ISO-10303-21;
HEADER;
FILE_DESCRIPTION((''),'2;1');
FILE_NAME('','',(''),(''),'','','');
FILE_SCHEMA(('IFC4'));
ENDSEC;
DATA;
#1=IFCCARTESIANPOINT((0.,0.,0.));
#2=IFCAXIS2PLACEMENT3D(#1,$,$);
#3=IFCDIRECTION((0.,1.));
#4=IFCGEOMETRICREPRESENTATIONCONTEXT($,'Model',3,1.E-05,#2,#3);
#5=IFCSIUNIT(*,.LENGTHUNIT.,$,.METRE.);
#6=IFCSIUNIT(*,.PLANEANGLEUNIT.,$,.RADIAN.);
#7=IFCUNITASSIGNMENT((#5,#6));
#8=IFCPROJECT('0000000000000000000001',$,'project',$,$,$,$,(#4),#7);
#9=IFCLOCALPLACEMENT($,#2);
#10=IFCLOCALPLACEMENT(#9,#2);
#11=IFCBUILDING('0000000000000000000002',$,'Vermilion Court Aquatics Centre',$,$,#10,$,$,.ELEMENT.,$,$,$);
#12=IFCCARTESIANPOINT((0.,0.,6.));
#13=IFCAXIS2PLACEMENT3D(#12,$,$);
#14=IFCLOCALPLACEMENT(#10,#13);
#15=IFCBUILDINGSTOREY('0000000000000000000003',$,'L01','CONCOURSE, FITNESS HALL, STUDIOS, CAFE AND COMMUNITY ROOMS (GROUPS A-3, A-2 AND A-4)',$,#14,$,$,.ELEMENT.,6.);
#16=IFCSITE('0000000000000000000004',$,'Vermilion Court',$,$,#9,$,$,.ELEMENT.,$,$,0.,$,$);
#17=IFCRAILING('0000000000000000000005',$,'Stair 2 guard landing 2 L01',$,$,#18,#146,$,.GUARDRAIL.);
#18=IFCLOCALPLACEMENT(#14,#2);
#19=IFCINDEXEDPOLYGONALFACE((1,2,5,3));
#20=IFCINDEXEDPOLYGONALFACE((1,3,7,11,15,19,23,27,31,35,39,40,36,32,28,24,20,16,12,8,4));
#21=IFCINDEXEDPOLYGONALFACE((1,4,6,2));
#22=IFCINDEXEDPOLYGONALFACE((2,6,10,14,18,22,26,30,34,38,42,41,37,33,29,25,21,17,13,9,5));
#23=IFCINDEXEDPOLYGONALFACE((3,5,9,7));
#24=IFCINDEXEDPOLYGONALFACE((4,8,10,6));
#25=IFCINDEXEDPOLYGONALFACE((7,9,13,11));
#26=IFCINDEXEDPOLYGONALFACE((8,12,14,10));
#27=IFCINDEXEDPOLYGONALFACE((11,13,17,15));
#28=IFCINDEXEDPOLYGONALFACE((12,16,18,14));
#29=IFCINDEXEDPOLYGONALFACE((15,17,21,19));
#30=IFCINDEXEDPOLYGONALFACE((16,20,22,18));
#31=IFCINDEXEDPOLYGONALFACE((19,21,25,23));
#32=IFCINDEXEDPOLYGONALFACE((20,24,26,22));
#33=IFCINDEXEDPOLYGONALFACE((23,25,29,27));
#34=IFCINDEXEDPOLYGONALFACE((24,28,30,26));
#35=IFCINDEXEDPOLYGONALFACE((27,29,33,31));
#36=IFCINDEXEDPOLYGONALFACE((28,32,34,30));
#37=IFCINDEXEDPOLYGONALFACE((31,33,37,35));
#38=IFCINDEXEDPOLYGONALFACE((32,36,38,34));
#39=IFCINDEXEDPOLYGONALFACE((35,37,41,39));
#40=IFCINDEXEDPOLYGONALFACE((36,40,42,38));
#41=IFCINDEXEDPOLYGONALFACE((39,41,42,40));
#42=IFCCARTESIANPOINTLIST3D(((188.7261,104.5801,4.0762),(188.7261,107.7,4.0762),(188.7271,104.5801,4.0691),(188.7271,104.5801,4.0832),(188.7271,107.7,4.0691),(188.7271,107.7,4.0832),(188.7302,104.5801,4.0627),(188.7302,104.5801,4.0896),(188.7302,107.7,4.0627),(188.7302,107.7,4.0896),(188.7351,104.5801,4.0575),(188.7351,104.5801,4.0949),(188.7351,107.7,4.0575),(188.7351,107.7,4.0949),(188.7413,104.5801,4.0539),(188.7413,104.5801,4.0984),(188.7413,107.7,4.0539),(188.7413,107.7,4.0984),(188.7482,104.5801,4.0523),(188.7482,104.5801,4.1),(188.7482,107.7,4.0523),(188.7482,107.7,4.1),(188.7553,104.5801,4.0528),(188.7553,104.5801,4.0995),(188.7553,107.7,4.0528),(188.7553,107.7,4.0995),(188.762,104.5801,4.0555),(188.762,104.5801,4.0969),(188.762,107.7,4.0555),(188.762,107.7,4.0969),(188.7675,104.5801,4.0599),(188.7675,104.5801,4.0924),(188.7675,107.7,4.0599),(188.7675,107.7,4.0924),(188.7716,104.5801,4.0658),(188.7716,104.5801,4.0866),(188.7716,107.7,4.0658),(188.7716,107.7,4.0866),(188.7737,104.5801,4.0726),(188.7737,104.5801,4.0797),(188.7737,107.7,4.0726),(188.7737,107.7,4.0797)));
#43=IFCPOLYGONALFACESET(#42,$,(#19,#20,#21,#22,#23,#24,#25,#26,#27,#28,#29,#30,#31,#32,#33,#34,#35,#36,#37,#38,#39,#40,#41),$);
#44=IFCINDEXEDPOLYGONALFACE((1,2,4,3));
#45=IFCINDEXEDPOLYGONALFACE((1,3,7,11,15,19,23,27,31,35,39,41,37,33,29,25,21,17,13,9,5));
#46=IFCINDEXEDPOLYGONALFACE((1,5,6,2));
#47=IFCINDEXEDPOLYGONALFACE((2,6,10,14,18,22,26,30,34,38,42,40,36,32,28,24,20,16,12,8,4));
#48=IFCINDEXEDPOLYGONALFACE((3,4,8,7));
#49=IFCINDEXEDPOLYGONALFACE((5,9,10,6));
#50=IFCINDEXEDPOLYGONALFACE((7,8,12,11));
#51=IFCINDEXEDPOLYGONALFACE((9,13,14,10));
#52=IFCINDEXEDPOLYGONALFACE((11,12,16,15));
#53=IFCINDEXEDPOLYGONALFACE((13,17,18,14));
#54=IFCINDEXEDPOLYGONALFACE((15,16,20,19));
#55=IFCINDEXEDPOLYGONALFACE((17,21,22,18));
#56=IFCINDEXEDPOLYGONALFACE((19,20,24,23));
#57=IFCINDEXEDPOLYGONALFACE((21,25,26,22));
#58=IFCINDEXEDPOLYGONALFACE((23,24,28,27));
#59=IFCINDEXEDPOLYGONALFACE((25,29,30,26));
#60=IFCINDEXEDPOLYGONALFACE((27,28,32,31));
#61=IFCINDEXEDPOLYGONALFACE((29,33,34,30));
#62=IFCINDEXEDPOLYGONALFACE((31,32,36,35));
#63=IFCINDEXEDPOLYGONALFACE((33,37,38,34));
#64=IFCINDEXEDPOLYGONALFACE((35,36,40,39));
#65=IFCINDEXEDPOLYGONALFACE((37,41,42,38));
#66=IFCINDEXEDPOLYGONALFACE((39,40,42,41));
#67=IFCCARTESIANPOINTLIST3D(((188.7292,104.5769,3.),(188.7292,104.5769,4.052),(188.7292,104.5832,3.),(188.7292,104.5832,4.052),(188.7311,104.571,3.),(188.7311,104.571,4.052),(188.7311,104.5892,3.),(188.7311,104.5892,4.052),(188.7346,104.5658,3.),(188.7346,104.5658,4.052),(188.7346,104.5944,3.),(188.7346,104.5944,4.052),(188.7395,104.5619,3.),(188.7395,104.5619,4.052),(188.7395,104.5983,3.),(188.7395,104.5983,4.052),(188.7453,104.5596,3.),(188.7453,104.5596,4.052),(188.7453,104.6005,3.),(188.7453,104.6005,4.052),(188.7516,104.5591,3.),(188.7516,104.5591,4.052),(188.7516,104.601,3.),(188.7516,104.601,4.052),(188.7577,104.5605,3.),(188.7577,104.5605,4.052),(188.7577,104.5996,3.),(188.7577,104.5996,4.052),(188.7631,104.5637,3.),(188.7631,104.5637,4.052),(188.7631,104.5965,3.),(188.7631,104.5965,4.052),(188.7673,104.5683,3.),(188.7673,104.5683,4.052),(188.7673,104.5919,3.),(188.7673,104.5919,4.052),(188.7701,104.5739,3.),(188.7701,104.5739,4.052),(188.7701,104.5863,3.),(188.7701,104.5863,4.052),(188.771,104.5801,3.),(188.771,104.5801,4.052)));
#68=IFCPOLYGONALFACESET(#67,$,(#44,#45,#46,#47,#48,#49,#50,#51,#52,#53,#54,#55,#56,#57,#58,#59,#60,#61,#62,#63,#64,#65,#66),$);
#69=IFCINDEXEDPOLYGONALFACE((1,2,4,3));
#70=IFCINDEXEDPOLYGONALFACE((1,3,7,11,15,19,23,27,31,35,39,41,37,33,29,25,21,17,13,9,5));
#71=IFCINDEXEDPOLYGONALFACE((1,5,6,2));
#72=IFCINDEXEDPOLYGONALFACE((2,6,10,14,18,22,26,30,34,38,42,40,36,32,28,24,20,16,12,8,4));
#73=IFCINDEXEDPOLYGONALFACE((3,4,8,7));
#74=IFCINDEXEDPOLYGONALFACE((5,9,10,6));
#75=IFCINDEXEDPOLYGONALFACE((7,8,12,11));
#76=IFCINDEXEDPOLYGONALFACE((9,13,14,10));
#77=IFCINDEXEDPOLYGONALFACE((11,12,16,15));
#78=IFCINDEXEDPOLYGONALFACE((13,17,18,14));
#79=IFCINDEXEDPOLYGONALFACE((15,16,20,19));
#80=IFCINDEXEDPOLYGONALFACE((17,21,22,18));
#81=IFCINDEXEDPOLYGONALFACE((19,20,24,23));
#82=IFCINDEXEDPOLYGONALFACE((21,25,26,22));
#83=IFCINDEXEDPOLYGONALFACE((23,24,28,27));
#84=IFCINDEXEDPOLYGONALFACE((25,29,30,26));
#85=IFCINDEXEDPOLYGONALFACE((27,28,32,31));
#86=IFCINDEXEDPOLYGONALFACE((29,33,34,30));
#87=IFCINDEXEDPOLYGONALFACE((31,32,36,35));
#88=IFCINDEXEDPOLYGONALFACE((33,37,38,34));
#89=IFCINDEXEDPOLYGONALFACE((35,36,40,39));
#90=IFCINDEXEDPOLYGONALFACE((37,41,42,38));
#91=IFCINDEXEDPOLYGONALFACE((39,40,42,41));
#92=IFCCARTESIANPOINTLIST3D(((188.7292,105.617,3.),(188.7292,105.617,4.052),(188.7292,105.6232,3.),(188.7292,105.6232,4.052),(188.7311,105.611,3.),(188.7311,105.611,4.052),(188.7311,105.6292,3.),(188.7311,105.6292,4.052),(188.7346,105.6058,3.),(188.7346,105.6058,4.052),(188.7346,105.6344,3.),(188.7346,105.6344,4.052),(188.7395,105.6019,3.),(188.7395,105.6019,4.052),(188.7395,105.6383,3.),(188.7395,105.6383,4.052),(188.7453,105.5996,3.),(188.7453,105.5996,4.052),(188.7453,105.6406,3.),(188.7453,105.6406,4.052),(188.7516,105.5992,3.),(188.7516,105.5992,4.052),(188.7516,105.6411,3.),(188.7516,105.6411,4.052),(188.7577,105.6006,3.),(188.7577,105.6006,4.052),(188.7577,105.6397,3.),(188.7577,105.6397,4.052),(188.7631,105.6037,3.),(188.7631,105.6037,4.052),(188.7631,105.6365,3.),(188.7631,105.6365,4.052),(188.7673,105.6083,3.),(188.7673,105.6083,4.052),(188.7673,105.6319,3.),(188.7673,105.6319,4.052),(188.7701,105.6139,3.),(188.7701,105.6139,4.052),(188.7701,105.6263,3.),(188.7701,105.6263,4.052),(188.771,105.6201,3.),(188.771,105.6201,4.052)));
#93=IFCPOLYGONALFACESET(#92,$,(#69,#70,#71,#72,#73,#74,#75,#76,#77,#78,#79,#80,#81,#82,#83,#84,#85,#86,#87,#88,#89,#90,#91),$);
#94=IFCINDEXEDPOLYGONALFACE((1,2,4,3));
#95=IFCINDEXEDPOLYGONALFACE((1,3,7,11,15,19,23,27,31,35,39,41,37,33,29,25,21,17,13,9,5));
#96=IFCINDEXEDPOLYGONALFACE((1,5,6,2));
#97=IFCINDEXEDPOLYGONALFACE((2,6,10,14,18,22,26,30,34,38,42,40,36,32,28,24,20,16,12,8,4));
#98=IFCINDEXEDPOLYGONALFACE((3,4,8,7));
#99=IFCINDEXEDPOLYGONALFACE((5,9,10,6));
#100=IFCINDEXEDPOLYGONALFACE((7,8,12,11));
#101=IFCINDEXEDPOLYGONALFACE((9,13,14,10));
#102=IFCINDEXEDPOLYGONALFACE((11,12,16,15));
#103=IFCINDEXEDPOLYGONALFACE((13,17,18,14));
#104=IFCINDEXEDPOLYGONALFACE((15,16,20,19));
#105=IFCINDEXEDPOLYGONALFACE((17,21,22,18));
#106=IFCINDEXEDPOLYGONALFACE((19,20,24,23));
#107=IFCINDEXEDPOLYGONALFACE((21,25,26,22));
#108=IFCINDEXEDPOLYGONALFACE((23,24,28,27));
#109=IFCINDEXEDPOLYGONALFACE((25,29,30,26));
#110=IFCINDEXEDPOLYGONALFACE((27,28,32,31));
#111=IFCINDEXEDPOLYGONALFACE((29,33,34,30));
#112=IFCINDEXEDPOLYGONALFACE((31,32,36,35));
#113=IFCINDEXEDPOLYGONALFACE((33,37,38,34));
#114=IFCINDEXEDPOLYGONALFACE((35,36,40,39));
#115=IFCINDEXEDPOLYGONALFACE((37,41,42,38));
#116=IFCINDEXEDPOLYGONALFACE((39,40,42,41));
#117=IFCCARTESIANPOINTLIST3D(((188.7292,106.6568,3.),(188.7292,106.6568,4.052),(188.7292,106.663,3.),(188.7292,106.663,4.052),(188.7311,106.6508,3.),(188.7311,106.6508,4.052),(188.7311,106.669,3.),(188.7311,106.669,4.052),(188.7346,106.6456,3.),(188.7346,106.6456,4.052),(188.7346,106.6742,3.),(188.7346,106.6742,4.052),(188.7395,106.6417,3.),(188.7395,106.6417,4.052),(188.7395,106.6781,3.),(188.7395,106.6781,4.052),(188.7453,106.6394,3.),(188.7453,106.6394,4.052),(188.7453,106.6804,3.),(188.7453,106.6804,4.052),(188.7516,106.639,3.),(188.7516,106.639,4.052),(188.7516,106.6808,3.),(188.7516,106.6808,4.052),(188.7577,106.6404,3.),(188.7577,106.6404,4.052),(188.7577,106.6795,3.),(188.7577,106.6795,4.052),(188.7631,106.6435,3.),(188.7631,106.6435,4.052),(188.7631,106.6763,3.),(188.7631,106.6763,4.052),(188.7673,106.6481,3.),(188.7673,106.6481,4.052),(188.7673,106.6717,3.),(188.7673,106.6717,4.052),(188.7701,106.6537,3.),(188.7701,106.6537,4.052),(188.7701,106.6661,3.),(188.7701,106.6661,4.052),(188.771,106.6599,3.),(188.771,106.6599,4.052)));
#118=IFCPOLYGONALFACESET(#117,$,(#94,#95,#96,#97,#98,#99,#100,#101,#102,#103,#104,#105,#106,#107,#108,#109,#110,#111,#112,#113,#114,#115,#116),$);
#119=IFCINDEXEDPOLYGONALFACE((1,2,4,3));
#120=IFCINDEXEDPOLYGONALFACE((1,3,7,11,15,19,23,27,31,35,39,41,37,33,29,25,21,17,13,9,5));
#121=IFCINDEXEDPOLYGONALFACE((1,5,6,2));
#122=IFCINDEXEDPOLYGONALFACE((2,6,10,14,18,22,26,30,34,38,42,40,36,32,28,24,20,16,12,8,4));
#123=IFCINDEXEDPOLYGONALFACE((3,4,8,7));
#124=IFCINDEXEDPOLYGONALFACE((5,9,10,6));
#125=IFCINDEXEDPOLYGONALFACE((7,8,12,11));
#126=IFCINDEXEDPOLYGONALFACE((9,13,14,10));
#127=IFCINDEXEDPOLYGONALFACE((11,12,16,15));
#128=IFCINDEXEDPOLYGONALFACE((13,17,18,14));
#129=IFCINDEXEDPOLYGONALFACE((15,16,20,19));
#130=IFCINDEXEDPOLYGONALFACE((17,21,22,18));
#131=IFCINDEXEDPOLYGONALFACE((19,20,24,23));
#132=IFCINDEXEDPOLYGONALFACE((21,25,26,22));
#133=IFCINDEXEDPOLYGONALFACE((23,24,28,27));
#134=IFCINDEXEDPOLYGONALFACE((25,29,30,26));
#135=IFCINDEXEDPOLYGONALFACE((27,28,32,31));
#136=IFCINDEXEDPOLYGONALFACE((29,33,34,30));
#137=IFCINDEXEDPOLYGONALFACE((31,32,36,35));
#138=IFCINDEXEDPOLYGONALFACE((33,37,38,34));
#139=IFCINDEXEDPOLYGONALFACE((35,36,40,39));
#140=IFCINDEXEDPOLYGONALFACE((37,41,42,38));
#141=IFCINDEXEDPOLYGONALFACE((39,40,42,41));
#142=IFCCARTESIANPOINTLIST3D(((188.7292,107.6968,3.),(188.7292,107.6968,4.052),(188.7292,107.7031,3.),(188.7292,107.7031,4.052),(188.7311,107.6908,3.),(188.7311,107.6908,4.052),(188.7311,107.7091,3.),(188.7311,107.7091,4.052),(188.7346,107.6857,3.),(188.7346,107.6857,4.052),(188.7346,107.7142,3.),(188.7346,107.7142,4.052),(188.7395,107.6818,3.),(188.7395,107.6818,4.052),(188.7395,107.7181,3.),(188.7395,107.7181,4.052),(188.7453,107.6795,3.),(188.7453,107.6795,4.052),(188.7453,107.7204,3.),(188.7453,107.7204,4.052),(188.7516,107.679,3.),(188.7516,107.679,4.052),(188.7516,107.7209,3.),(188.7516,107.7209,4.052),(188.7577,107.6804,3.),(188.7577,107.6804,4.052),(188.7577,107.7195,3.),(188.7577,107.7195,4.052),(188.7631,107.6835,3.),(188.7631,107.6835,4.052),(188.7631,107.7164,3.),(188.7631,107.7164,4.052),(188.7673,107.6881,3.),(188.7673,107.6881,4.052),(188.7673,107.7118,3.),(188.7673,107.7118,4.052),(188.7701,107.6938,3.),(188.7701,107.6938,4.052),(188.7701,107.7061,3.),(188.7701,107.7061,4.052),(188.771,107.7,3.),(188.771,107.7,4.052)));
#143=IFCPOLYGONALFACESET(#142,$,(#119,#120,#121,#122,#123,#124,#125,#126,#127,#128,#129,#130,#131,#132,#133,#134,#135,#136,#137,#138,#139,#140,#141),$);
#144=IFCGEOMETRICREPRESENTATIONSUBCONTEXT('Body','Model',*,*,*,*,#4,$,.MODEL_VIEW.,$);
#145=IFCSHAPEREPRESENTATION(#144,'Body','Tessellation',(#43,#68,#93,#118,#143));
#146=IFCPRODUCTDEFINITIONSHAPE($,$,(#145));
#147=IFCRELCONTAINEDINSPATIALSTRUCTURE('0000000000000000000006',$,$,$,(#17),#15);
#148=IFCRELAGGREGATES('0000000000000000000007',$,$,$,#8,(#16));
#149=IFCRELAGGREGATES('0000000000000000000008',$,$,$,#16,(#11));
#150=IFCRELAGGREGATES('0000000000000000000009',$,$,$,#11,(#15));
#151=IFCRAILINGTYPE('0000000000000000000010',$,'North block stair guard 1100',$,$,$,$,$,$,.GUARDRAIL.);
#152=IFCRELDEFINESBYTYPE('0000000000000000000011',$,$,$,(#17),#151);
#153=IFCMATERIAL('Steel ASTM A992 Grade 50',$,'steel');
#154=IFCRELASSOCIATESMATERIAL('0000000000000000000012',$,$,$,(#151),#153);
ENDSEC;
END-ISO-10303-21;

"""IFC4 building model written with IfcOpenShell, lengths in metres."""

from ifc_helpers import new_model, si_unit, direction, frame, origin, origin_2d, place, context, subcontext, project, spatial, circle, extrude, material, type_object, element, save


model = new_model("IFC4")

# Units and contexts
model_context = context("Model", 3, precision=1e-05, world=origin(), true_north=direction((0.0, 1.0)))
body_context = subcontext(model_context, "Body", "Model", "MODEL_VIEW")
ifc_project = project(units=[si_unit("LENGTHUNIT", "METRE"), si_unit("PLANEANGLEUNIT", "RADIAN")], contexts=[model_context])

# Site, building, storey
site_placement = place(None, origin())
site = spatial("IfcSite", under=ifc_project, at=site_placement, Name="Vermilion Court", CompositionType="ELEMENT", RefElevation=0.0)
building_placement = place(site_placement, origin())
building = spatial("IfcBuilding", under=site, at=building_placement, Name="Vermilion Court Aquatics Centre", CompositionType="ELEMENT")
storey_placement = place(building_placement, frame((0.0, 0.0, 6.0)))
storey = spatial("IfcBuildingStorey", under=building, at=storey_placement, Name="L01", Description="CONCOURSE, FITNESS HALL, STUDIOS, CAFE AND COMMUNITY ROOMS (GROUPS A-3, A-2 AND A-4)", CompositionType="ELEMENT", Elevation=6.0)

# Railing
ifc_material_1 = material(Name="Steel ASTM A992 Grade 50", Category="steel")
railing_type_1 = type_object("IfcRailingType", Name="North block stair guard 1100", PredefinedType="GUARDRAIL", material=ifc_material_1)
railing_1_placement = place(storey_placement, frame((188.75, 104.5801, 3.0)))
element("IfcRailing", 1, at=railing_1_placement, inside=storey, type_object=railing_type_1, Name="Stair 2 guard landing 2 L01", PredefinedType="GUARDRAIL", context=body_context, shape_type="SweptSolid", body=[
    extrude(circle(Radius=0.0239, at=origin_2d()), frame((0.0, 0.0, 1.0762), z_axis=(0.0, 1.0, 0.0), x_axis=(-1.0, 0.0, 0.0)), (0.0, 0.0, 1.0), 3.1199),
    extrude(circle(Radius=0.021, at=origin_2d()), origin(), (0.0, 0.0, 1.0), 1.052),
    extrude(circle(Radius=0.021, at=origin_2d()), frame((0.0, 1.04, 0.0)), (0.0, 0.0, 1.0), 1.052),
    extrude(circle(Radius=0.021, at=origin_2d()), frame((0.0, 2.0798, 0.0)), (0.0, 0.0, 1.0), 1.052),
    extrude(circle(Radius=0.021, at=origin_2d()), frame((0.0, 3.1199, 0.0)), (0.0, 0.0, 1.0), 1.052),
])

save(model, "model.ifc")
